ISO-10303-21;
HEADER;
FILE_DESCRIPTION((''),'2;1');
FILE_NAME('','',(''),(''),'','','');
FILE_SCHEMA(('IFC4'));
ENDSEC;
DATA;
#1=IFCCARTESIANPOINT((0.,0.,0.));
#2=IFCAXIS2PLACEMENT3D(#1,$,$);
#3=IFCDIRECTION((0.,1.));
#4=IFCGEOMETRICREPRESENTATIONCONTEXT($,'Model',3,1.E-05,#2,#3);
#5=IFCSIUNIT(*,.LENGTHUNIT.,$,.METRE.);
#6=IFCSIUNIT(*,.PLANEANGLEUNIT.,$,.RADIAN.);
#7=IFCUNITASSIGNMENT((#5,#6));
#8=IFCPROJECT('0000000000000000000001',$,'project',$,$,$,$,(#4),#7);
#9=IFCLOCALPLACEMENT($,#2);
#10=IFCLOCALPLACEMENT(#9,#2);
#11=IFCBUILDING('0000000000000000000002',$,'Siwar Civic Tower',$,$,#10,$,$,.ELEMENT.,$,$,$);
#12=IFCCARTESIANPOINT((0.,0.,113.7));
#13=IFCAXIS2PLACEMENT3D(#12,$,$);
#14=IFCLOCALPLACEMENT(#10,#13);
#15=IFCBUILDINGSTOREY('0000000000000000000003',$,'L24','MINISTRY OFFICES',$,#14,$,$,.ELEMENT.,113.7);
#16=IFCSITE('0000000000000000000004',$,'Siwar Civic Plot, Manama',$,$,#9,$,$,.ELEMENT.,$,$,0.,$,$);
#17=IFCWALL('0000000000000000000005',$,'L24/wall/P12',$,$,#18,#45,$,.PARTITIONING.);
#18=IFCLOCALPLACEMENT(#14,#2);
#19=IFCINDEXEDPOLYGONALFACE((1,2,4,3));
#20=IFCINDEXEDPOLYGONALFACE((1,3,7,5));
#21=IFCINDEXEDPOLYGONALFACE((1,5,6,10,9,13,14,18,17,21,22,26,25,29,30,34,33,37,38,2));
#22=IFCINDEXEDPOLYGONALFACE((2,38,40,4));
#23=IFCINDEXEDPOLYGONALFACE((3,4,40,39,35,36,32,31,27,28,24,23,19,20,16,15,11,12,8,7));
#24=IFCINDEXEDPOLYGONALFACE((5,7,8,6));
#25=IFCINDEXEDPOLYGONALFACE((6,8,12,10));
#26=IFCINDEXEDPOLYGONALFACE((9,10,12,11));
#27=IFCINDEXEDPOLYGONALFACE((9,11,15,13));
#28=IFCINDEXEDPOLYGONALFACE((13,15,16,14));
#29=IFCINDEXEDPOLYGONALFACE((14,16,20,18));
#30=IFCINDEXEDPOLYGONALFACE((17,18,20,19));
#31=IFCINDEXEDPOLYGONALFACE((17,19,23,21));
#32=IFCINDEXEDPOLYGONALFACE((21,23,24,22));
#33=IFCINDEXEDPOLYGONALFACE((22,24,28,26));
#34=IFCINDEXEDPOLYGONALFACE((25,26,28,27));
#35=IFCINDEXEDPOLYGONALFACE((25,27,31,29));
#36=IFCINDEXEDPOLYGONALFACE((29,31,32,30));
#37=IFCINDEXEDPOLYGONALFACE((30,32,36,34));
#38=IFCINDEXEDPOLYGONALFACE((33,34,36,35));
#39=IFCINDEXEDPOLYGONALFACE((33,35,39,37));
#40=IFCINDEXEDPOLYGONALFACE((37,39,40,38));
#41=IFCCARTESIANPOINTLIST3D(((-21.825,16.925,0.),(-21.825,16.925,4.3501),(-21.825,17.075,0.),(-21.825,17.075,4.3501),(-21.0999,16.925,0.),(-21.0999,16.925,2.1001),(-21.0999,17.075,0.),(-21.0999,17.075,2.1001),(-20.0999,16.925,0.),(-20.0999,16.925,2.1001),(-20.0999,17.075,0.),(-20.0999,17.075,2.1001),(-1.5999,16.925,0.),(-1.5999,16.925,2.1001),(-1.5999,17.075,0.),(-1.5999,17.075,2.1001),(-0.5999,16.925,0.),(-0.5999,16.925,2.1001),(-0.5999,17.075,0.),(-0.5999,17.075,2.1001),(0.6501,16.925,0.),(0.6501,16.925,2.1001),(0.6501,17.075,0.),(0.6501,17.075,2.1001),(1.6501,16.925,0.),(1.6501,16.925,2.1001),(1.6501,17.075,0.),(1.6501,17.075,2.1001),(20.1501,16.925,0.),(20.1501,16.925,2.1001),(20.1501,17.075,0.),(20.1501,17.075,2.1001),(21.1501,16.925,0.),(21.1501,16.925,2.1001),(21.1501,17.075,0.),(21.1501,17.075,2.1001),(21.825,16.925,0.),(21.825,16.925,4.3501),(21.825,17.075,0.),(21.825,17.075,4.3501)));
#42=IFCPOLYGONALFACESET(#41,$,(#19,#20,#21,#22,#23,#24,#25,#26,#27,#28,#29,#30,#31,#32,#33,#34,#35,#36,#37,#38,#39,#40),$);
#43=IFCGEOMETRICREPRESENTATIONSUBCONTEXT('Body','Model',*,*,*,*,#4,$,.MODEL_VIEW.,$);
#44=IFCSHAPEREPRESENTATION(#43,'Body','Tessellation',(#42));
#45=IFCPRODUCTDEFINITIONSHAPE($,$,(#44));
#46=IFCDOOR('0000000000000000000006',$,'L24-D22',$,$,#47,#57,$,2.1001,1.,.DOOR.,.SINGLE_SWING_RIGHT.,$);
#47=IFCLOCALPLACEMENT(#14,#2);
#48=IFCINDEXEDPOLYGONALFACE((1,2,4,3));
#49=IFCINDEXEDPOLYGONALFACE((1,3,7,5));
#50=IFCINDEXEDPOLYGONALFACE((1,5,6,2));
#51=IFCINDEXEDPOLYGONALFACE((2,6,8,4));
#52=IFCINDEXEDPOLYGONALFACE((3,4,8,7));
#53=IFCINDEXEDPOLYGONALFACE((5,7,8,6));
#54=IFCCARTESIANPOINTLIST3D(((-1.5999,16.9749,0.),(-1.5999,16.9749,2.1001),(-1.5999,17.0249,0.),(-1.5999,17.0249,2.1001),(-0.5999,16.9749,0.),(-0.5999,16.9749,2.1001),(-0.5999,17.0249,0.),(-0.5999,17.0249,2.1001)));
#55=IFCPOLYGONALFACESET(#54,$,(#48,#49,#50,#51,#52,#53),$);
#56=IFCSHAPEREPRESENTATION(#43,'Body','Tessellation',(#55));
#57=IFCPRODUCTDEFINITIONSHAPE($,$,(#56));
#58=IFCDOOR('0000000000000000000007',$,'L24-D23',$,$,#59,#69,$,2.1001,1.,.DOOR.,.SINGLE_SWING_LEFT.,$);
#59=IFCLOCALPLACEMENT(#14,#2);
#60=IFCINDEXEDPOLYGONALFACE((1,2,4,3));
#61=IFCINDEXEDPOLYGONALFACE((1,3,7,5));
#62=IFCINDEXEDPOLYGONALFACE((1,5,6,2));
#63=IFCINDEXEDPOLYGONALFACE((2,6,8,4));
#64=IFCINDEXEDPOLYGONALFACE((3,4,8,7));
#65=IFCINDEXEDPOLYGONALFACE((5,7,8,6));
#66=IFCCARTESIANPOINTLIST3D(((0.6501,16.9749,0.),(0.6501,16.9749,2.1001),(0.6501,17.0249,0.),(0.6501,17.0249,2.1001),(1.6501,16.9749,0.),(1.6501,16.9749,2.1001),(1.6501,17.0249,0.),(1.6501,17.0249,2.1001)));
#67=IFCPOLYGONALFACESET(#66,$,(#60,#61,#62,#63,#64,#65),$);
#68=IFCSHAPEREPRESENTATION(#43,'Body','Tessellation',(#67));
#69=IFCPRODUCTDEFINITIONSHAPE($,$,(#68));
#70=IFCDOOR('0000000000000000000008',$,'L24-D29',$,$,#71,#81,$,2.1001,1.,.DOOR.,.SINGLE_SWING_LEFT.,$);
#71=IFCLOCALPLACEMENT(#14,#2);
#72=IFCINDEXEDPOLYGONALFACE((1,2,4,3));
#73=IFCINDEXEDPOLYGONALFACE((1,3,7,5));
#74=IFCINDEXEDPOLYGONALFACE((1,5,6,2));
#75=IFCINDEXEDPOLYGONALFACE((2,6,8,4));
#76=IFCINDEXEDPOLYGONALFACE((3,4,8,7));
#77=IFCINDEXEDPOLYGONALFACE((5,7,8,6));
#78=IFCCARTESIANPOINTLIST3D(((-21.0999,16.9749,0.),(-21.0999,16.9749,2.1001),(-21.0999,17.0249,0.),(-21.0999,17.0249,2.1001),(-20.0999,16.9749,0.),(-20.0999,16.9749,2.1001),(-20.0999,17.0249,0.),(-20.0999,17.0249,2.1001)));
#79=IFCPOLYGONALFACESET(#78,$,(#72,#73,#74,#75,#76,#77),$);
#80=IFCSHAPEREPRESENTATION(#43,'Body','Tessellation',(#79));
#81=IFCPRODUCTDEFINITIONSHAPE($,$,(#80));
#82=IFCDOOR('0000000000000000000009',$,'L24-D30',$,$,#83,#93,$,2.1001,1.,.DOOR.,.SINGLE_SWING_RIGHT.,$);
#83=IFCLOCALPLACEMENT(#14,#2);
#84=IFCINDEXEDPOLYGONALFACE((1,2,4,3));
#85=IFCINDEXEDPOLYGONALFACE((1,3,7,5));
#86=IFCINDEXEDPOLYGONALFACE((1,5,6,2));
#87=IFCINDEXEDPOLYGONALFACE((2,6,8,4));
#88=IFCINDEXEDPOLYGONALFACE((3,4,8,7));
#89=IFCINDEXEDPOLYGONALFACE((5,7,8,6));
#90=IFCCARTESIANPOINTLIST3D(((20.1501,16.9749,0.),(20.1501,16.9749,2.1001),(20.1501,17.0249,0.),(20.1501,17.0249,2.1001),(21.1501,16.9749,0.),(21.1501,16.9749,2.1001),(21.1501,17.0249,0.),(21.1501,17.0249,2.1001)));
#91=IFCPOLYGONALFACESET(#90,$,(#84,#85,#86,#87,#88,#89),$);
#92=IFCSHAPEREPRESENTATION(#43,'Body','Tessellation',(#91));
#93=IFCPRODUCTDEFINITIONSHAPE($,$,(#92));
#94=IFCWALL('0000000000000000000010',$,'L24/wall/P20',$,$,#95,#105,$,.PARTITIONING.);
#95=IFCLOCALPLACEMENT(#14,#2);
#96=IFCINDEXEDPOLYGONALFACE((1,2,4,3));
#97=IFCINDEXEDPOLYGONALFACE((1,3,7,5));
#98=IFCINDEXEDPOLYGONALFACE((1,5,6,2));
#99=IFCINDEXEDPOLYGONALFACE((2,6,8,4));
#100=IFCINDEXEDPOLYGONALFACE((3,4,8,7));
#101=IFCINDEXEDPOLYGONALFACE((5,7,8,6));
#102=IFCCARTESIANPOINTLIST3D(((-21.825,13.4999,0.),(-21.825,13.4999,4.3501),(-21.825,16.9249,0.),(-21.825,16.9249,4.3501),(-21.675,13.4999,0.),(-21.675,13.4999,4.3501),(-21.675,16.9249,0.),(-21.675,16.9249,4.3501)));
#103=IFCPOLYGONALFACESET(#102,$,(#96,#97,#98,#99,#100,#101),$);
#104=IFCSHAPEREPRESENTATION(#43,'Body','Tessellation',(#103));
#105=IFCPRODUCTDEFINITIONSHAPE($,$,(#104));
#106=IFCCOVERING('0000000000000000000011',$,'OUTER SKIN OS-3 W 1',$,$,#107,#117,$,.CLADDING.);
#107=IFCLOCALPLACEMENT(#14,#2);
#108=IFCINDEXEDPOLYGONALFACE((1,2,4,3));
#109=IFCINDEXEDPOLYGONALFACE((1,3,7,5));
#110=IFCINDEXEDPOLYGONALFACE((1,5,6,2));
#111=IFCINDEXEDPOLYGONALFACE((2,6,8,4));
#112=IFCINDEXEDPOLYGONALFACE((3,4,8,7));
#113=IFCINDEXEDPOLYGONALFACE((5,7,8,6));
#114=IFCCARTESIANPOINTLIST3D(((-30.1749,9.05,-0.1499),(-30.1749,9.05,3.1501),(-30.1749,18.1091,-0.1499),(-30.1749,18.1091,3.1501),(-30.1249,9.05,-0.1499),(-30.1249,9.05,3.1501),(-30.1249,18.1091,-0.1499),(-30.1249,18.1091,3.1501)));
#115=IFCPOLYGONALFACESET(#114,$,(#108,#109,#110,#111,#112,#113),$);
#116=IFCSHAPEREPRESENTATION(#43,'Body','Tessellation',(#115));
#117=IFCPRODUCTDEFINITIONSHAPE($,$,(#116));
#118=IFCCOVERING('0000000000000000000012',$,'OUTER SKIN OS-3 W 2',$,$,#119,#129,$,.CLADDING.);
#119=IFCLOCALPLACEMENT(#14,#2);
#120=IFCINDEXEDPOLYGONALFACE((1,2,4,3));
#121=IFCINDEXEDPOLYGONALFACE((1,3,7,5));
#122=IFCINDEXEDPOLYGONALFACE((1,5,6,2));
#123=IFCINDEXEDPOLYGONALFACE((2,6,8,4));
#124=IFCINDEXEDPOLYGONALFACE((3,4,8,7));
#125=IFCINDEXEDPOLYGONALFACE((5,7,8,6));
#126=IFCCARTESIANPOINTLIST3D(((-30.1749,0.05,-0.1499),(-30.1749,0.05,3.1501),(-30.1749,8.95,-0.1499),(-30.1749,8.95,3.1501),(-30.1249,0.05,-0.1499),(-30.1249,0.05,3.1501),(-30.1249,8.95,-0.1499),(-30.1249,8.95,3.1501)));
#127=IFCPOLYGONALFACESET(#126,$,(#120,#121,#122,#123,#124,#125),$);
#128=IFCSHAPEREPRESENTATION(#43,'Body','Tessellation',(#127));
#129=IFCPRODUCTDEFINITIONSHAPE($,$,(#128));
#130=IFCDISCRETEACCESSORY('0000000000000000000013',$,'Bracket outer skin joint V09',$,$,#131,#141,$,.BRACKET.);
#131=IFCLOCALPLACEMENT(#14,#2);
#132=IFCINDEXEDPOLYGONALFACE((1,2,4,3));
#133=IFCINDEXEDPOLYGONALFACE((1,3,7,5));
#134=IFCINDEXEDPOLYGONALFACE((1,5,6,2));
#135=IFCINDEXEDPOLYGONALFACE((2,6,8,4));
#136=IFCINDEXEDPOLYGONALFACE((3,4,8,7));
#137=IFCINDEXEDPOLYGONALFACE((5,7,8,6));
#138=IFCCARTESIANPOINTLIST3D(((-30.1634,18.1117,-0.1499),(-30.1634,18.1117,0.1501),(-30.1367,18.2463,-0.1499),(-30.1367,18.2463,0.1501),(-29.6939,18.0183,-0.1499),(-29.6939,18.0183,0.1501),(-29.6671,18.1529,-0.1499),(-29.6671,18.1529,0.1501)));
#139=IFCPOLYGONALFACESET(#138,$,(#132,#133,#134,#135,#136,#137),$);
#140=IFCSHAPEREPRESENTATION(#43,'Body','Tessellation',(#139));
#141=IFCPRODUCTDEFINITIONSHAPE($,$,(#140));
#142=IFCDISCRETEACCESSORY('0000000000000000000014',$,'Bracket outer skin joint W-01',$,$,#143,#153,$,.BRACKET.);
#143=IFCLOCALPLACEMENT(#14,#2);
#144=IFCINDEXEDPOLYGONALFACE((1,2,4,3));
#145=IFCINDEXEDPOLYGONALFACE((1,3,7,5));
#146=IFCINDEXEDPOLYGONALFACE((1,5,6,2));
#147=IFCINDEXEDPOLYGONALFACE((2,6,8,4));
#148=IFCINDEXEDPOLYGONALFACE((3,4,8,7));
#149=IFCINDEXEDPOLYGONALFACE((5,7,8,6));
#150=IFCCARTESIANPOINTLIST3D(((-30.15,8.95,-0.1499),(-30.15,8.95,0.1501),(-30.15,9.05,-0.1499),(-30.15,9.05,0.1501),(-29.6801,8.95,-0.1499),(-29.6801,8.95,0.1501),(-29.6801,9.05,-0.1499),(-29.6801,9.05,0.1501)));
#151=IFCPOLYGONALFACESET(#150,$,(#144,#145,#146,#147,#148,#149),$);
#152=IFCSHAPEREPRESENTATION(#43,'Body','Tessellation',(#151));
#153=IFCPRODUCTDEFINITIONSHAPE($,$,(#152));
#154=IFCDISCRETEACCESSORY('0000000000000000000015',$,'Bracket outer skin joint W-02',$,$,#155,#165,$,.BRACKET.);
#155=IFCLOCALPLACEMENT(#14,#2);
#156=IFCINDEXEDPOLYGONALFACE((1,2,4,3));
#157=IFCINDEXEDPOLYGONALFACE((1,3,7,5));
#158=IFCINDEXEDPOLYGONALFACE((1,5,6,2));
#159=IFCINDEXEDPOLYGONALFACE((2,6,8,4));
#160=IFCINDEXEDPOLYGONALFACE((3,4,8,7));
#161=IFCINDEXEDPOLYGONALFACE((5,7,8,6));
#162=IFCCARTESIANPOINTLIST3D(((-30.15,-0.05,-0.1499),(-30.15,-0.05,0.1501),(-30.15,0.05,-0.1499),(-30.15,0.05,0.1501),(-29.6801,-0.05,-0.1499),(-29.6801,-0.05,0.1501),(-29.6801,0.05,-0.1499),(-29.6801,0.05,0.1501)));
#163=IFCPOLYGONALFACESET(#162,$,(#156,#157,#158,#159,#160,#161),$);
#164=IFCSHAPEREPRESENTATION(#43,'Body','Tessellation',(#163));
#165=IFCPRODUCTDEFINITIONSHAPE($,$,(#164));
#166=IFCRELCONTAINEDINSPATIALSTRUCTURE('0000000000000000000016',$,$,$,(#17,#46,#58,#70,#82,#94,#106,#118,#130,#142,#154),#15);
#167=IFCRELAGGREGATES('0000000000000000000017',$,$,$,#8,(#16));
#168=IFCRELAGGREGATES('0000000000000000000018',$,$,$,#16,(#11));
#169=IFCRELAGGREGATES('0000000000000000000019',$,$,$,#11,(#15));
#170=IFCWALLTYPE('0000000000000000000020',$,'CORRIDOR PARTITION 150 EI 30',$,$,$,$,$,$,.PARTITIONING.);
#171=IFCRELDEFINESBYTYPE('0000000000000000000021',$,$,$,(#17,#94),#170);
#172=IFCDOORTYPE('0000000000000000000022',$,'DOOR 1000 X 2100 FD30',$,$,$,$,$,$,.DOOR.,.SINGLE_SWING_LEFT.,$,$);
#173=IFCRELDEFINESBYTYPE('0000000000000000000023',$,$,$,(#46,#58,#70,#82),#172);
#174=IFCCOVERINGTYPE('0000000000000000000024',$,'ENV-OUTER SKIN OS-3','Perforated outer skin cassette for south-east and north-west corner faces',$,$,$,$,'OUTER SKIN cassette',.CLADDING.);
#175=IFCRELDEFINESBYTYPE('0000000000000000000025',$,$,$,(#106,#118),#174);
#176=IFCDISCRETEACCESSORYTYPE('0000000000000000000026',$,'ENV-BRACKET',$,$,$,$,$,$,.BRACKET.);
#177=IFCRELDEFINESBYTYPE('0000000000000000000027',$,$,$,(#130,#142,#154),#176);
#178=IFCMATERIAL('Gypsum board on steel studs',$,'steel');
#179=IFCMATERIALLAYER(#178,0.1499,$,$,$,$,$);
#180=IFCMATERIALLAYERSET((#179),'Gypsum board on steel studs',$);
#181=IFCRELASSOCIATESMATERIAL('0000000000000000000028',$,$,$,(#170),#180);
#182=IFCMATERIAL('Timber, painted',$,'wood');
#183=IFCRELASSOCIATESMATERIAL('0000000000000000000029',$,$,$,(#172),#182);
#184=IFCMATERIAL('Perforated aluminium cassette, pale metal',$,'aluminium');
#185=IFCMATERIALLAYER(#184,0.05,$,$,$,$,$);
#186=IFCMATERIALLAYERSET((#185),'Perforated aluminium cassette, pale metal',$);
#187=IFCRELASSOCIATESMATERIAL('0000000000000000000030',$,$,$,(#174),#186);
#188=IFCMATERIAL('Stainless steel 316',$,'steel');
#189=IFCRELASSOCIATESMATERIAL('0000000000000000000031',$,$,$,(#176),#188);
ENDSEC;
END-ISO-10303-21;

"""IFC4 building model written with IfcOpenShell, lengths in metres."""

from ifc_helpers import new_model, si_unit, direction, frame, frame_2d, origin, origin_2d, place, context, subcontext, project, spatial, rectangle, extrude, material, layer, layer_set, type_object, element, fill, save


model = new_model("IFC4")

# Units and contexts
model_context = context("Model", 3, precision=1e-05, world=origin(), true_north=direction((0.0, 1.0)))
body_context = subcontext(model_context, "Body", "Model", "MODEL_VIEW")
ifc_project = project(units=[si_unit("LENGTHUNIT", "METRE"), si_unit("PLANEANGLEUNIT", "RADIAN")], contexts=[model_context])

# Site, building, storey
site_placement = place(None, origin())
site = spatial("IfcSite", under=ifc_project, at=site_placement, Name="Siwar Civic Plot, Manama", CompositionType="ELEMENT", RefElevation=0.0)
building_placement = place(site_placement, origin())
building = spatial("IfcBuilding", under=site, at=building_placement, Name="Siwar Civic Tower", CompositionType="ELEMENT")
storey_placement = place(building_placement, frame((0.0, 0.0, 113.7)))
storey = spatial("IfcBuildingStorey", under=building, at=storey_placement, Name="L24", Description="MINISTRY OFFICES", CompositionType="ELEMENT", Elevation=113.7)

# Shared definitions
ifc_material_1 = material(Name="Gypsum board on steel studs", Category="steel")
ifc_layer_1 = layer(ifc_material_1, 0.1499)
ifc_layer_set_1 = layer_set([ifc_layer_1], Name="Gypsum board on steel studs")
wall_type_1 = type_object("IfcWallType", Name="CORRIDOR PARTITION 150 EI 30", PredefinedType="PARTITIONING", material=ifc_layer_set_1)

# Wall, openings, doors
wall_1_placement = place(storey_placement, frame((-21.825, 17.0, 0.0), z_axis=(0.0, 0.0, 1.0), x_axis=(1.0, 0.0, 0.0)))
wall_1 = element("IfcWall", 1, at=wall_1_placement, inside=storey, type_object=wall_type_1, Name="L24/wall/P12", PredefinedType="PARTITIONING", context=body_context, shape_type="SweptSolid", body=[
    extrude(rectangle(XDim=43.6499, YDim=0.1499, at=frame_2d((21.825, 0.0))), origin(), (0.0, 0.0, 1.0), 4.3501),
])
opening_1_placement = place(wall_1_placement, frame((20.2251, 0.0, 0.0)))
opening_1 = element("IfcOpeningElement", 2, at=opening_1_placement, cuts=wall_1, PredefinedType="OPENING", context=body_context, shape_type="SweptSolid", body=[
    extrude(rectangle(XDim=1.0, YDim=2.1001, at=frame_2d((0.5, 1.05))), frame((0.0, 0.085, 0.0), z_axis=(0.0, -1.0, 0.0), x_axis=(1.0, 0.0, 0.0)), (0.0, 0.0, 1.0), 0.1699),
])
opening_2_placement = place(wall_1_placement, frame((22.4751, 0.0, 0.0)))
opening_2 = element("IfcOpeningElement", 3, at=opening_2_placement, cuts=wall_1, PredefinedType="OPENING", context=body_context, shape_type="SweptSolid", body=[
    extrude(rectangle(XDim=1.0, YDim=2.1001, at=frame_2d((0.5, 1.05))), frame((0.0, 0.085, 0.0), z_axis=(0.0, -1.0, 0.0), x_axis=(1.0, 0.0, 0.0)), (0.0, 0.0, 1.0), 0.1699),
])
opening_3_placement = place(wall_1_placement, frame((0.7251, 0.0, 0.0)))
opening_3 = element("IfcOpeningElement", 4, at=opening_3_placement, cuts=wall_1, PredefinedType="OPENING", context=body_context, shape_type="SweptSolid", body=[
    extrude(rectangle(XDim=1.0, YDim=2.1001, at=frame_2d((0.5, 1.05))), frame((0.0, 0.085, 0.0), z_axis=(0.0, -1.0, 0.0), x_axis=(1.0, 0.0, 0.0)), (0.0, 0.0, 1.0), 0.1699),
])
opening_4_placement = place(wall_1_placement, frame((41.9751, 0.0, 0.0)))
opening_4 = element("IfcOpeningElement", 5, at=opening_4_placement, cuts=wall_1, PredefinedType="OPENING", context=body_context, shape_type="SweptSolid", body=[
    extrude(rectangle(XDim=1.0, YDim=2.1001, at=frame_2d((0.5, 1.05))), frame((0.0, 0.085, 0.0), z_axis=(0.0, -1.0, 0.0), x_axis=(1.0, 0.0, 0.0)), (0.0, 0.0, 1.0), 0.1699),
])
ifc_material_2 = material(Name="Timber, painted", Category="wood")
door_type = type_object("IfcDoorType", Name="DOOR 1000 X 2100 FD30", OperationType="SINGLE_SWING_LEFT", PredefinedType="DOOR", material=ifc_material_2)
door_1_placement = place(opening_1_placement, origin())
door_1 = element("IfcDoor", 6, at=door_1_placement, inside=storey, type_object=door_type, Name="L24-D22", OperationType="SINGLE_SWING_RIGHT", OverallHeight=2.1001, OverallWidth=1.0, PredefinedType="DOOR", context=body_context, shape_type="SweptSolid", body=[
    extrude(rectangle(XDim=1.0, YDim=2.1001, at=frame_2d((0.5, 1.05))), frame((0.0, 0.0249, 0.0), z_axis=(0.0, -1.0, 0.0), x_axis=(1.0, 0.0, 0.0)), (0.0, 0.0, 1.0), 0.05),
])
fill(opening_1, door_1)
door_2_placement = place(opening_2_placement, origin())
door_2 = element("IfcDoor", 7, at=door_2_placement, inside=storey, type_object=door_type, Name="L24-D23", OperationType="SINGLE_SWING_LEFT", OverallHeight=2.1001, OverallWidth=1.0, PredefinedType="DOOR", context=body_context, shape_type="SweptSolid", body=[
    extrude(rectangle(XDim=1.0, YDim=2.1001, at=frame_2d((0.5, 1.05))), frame((0.0, 0.0249, 0.0), z_axis=(0.0, -1.0, 0.0), x_axis=(1.0, 0.0, 0.0)), (0.0, 0.0, 1.0), 0.05),
])
fill(opening_2, door_2)
door_3_placement = place(opening_3_placement, origin())
door_3 = element("IfcDoor", 8, at=door_3_placement, inside=storey, type_object=door_type, Name="L24-D29", OperationType="SINGLE_SWING_LEFT", OverallHeight=2.1001, OverallWidth=1.0, PredefinedType="DOOR", context=body_context, shape_type="SweptSolid", body=[
    extrude(rectangle(XDim=1.0, YDim=2.1001, at=frame_2d((0.5, 1.05))), frame((0.0, 0.0249, 0.0), z_axis=(0.0, -1.0, 0.0), x_axis=(1.0, 0.0, 0.0)), (0.0, 0.0, 1.0), 0.05),
])
fill(opening_3, door_3)
door_4_placement = place(opening_4_placement, origin())
door_4 = element("IfcDoor", 9, at=door_4_placement, inside=storey, type_object=door_type, Name="L24-D30", OperationType="SINGLE_SWING_RIGHT", OverallHeight=2.1001, OverallWidth=1.0, PredefinedType="DOOR", context=body_context, shape_type="SweptSolid", body=[
    extrude(rectangle(XDim=1.0, YDim=2.1001, at=frame_2d((0.5, 1.05))), frame((0.0, 0.0249, 0.0), z_axis=(0.0, -1.0, 0.0), x_axis=(1.0, 0.0, 0.0)), (0.0, 0.0, 1.0), 0.05),
])
fill(opening_4, door_4)

# Wall
wall_2_placement = place(storey_placement, frame((-21.75, 13.5, 0.0), z_axis=(0.0, 0.0, 1.0), x_axis=(0.0, 1.0, 0.0)))
element("IfcWall", 10, at=wall_2_placement, inside=storey, type_object=wall_type_1, Name="L24/wall/P20", PredefinedType="PARTITIONING", context=body_context, shape_type="SweptSolid", body=[
    extrude(rectangle(XDim=3.425, YDim=0.1499, at=frame_2d((1.7124, 0.0))), origin(), (0.0, 0.0, 1.0), 4.3501),
])

# Coverings
ifc_material_3 = material(Name="Perforated aluminium cassette, pale metal", Category="aluminium")
ifc_layer_2 = layer(ifc_material_3, 0.05)
ifc_layer_set_2 = layer_set([ifc_layer_2], Name="Perforated aluminium cassette, pale metal")
covering_type = type_object("IfcCoveringType", Name="ENV-OUTER SKIN OS-3", Description="Perforated outer skin cassette for south-east and north-west corner faces", ElementType="OUTER SKIN cassette", PredefinedType="CLADDING", material=ifc_layer_set_2)
covering_1_placement = place(storey_placement, frame((-30.1499, 13.5796, -0.1499), z_axis=(0.0, 0.0, 1.0), x_axis=(0.0, -1.0, 0.0)))
element("IfcCovering", 11, at=covering_1_placement, inside=storey, type_object=covering_type, Name="OUTER SKIN OS-3 W 1", PredefinedType="CLADDING", context=body_context, shape_type="SweptSolid", body=[
    extrude(rectangle(XDim=9.0591, YDim=0.05, at=origin_2d()), origin(), (0.0, 0.0, 1.0), 3.3),
])
covering_2_placement = place(storey_placement, frame((-30.1499, 4.5, -0.1499), z_axis=(0.0, 0.0, 1.0), x_axis=(0.0, -1.0, 0.0)))
element("IfcCovering", 12, at=covering_2_placement, inside=storey, type_object=covering_type, Name="OUTER SKIN OS-3 W 2", PredefinedType="CLADDING", context=body_context, shape_type="SweptSolid", body=[
    extrude(rectangle(XDim=8.8999, YDim=0.05, at=origin_2d()), origin(), (0.0, 0.0, 1.0), 3.3),
])

# Discrete accessories
ifc_material_4 = material(Name="Stainless steel 316", Category="steel")
discrete_accessory_type = type_object("IfcDiscreteAccessoryType", Name="ENV-BRACKET", PredefinedType="BRACKET", material=ifc_material_4)
discrete_accessory_placement = place(storey_placement, frame((-29.9153, 18.1323, -0.1499), z_axis=(0.0, 0.0, 1.0), x_axis=(-0.980785, 0.19509, 0.0)))
element("IfcDiscreteAccessory", 13, at=discrete_accessory_placement, inside=storey, type_object=discrete_accessory_type, Name="Bracket outer skin joint V09", PredefinedType="BRACKET", context=body_context, shape_type="SweptSolid", body=[
    extrude(rectangle(XDim=0.4788, YDim=0.1372, at=origin_2d()), origin(), (0.0, 0.0, 1.0), 0.3),
])
for number, where, z_axis, x_axis, name in (
    (14, (-29.915, 9.0, -0.1499), (0.0, 0.0, 1.0), (-1.0, 0.0, 0.0), "Bracket outer skin joint W-01"),
    (15, (-29.915, 0.0, -0.1499), (0.0, 0.0, 1.0), (-1.0, 0.0, 0.0), "Bracket outer skin joint W-02"),
):
    element("IfcDiscreteAccessory", number, at=place(storey_placement, frame(where, z_axis=z_axis, x_axis=x_axis)), inside=storey, type_object=discrete_accessory_type, Name=name, PredefinedType="BRACKET", context=body_context, shape_type="SweptSolid", body=[
        extrude(rectangle(XDim=0.47, YDim=0.1001, at=origin_2d()), origin(), (0.0, 0.0, 1.0), 0.3),
    ])

save(model, "model.ifc")
